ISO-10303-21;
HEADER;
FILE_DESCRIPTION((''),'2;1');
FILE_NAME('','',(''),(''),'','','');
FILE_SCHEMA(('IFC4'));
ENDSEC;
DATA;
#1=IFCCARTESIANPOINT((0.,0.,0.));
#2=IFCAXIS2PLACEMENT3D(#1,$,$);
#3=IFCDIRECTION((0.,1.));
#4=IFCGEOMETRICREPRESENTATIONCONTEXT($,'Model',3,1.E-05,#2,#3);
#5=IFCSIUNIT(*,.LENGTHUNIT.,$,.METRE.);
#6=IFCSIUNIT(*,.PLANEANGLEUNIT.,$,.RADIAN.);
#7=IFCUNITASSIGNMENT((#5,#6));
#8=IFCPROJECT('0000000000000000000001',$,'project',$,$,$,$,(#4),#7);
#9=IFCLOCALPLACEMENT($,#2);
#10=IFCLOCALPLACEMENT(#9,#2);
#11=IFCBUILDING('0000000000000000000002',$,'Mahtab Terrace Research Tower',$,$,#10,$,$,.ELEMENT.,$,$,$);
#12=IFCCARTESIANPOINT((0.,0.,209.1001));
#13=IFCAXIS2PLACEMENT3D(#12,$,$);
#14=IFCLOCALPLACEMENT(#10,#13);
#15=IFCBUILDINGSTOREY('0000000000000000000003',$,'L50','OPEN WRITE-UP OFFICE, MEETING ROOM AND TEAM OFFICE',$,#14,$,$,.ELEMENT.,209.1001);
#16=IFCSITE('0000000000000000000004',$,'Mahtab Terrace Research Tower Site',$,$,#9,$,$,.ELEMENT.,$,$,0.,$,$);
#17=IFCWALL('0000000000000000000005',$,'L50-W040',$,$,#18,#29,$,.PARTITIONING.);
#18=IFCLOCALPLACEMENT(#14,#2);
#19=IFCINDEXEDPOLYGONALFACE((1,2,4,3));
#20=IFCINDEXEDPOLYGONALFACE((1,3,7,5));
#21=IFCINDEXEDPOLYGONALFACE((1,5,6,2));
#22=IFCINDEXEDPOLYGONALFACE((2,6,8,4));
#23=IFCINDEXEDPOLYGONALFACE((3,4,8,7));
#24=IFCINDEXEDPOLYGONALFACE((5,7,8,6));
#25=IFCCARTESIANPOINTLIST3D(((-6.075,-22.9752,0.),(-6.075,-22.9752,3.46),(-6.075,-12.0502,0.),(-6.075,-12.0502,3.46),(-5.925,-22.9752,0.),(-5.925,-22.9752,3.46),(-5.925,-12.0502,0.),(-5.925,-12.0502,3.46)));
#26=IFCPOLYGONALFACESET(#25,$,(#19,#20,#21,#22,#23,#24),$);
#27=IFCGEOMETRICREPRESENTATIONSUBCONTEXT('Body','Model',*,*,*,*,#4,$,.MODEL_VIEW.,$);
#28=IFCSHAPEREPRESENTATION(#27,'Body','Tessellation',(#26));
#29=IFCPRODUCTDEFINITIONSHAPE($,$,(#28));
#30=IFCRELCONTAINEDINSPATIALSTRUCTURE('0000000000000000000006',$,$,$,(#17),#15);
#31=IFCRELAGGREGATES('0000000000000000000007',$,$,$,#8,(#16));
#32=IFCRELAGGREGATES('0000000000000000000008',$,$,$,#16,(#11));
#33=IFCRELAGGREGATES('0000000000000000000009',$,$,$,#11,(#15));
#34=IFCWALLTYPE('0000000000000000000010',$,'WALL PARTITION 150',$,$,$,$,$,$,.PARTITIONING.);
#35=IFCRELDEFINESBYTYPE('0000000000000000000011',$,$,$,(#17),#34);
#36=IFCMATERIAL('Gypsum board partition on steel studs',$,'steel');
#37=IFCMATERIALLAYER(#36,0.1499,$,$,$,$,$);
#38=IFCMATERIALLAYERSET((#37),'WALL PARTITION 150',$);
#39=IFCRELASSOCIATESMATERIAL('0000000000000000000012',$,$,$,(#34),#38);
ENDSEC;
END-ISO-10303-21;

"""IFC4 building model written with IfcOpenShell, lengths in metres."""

from ifc_helpers import new_model, si_unit, direction, frame, frame_2d, origin, place, context, subcontext, project, spatial, rectangle, extrude, material, layer, layer_set, type_object, element, save


model = new_model("IFC4")

# Units and contexts
model_context = context("Model", 3, precision=1e-05, world=origin(), true_north=direction((0.0, 1.0)))
body_context = subcontext(model_context, "Body", "Model", "MODEL_VIEW")
ifc_project = project(units=[si_unit("LENGTHUNIT", "METRE"), si_unit("PLANEANGLEUNIT", "RADIAN")], contexts=[model_context])

# Site, building, storey
site_placement = place(None, origin())
site = spatial("IfcSite", under=ifc_project, at=site_placement, Name="Mahtab Terrace Research Tower Site", CompositionType="ELEMENT", RefElevation=0.0)
building_placement = place(site_placement, origin())
building = spatial("IfcBuilding", under=site, at=building_placement, Name="Mahtab Terrace Research Tower", CompositionType="ELEMENT")
storey_placement = place(building_placement, frame((0.0, 0.0, 209.1001)))
storey = spatial("IfcBuildingStorey", under=building, at=storey_placement, Name="L50", Description="OPEN WRITE-UP OFFICE, MEETING ROOM AND TEAM OFFICE", CompositionType="ELEMENT", Elevation=209.1001)

# Wall
ifc_material_1 = material(Name="Gypsum board partition on steel studs", Category="steel")
ifc_layer_1 = layer(ifc_material_1, 0.1499)
ifc_layer_set_1 = layer_set([ifc_layer_1], Name="WALL PARTITION 150")
wall_type_1 = type_object("IfcWallType", Name="WALL PARTITION 150", PredefinedType="PARTITIONING", material=ifc_layer_set_1)
wall_1_placement = place(storey_placement, frame((-6.0, -22.9751, 0.0), z_axis=(0.0, 0.0, 1.0), x_axis=(0.0, 1.0, 0.0)))
element("IfcWall", 1, at=wall_1_placement, inside=storey, type_object=wall_type_1, Name="L50-W040", PredefinedType="PARTITIONING", context=body_context, shape_type="SweptSolid", body=[
    extrude(rectangle(XDim=10.925, YDim=0.1499, at=frame_2d((5.4624, 0.0))), origin(), (0.0, 0.0, 1.0), 3.46),
])

save(model, "model.ifc")
